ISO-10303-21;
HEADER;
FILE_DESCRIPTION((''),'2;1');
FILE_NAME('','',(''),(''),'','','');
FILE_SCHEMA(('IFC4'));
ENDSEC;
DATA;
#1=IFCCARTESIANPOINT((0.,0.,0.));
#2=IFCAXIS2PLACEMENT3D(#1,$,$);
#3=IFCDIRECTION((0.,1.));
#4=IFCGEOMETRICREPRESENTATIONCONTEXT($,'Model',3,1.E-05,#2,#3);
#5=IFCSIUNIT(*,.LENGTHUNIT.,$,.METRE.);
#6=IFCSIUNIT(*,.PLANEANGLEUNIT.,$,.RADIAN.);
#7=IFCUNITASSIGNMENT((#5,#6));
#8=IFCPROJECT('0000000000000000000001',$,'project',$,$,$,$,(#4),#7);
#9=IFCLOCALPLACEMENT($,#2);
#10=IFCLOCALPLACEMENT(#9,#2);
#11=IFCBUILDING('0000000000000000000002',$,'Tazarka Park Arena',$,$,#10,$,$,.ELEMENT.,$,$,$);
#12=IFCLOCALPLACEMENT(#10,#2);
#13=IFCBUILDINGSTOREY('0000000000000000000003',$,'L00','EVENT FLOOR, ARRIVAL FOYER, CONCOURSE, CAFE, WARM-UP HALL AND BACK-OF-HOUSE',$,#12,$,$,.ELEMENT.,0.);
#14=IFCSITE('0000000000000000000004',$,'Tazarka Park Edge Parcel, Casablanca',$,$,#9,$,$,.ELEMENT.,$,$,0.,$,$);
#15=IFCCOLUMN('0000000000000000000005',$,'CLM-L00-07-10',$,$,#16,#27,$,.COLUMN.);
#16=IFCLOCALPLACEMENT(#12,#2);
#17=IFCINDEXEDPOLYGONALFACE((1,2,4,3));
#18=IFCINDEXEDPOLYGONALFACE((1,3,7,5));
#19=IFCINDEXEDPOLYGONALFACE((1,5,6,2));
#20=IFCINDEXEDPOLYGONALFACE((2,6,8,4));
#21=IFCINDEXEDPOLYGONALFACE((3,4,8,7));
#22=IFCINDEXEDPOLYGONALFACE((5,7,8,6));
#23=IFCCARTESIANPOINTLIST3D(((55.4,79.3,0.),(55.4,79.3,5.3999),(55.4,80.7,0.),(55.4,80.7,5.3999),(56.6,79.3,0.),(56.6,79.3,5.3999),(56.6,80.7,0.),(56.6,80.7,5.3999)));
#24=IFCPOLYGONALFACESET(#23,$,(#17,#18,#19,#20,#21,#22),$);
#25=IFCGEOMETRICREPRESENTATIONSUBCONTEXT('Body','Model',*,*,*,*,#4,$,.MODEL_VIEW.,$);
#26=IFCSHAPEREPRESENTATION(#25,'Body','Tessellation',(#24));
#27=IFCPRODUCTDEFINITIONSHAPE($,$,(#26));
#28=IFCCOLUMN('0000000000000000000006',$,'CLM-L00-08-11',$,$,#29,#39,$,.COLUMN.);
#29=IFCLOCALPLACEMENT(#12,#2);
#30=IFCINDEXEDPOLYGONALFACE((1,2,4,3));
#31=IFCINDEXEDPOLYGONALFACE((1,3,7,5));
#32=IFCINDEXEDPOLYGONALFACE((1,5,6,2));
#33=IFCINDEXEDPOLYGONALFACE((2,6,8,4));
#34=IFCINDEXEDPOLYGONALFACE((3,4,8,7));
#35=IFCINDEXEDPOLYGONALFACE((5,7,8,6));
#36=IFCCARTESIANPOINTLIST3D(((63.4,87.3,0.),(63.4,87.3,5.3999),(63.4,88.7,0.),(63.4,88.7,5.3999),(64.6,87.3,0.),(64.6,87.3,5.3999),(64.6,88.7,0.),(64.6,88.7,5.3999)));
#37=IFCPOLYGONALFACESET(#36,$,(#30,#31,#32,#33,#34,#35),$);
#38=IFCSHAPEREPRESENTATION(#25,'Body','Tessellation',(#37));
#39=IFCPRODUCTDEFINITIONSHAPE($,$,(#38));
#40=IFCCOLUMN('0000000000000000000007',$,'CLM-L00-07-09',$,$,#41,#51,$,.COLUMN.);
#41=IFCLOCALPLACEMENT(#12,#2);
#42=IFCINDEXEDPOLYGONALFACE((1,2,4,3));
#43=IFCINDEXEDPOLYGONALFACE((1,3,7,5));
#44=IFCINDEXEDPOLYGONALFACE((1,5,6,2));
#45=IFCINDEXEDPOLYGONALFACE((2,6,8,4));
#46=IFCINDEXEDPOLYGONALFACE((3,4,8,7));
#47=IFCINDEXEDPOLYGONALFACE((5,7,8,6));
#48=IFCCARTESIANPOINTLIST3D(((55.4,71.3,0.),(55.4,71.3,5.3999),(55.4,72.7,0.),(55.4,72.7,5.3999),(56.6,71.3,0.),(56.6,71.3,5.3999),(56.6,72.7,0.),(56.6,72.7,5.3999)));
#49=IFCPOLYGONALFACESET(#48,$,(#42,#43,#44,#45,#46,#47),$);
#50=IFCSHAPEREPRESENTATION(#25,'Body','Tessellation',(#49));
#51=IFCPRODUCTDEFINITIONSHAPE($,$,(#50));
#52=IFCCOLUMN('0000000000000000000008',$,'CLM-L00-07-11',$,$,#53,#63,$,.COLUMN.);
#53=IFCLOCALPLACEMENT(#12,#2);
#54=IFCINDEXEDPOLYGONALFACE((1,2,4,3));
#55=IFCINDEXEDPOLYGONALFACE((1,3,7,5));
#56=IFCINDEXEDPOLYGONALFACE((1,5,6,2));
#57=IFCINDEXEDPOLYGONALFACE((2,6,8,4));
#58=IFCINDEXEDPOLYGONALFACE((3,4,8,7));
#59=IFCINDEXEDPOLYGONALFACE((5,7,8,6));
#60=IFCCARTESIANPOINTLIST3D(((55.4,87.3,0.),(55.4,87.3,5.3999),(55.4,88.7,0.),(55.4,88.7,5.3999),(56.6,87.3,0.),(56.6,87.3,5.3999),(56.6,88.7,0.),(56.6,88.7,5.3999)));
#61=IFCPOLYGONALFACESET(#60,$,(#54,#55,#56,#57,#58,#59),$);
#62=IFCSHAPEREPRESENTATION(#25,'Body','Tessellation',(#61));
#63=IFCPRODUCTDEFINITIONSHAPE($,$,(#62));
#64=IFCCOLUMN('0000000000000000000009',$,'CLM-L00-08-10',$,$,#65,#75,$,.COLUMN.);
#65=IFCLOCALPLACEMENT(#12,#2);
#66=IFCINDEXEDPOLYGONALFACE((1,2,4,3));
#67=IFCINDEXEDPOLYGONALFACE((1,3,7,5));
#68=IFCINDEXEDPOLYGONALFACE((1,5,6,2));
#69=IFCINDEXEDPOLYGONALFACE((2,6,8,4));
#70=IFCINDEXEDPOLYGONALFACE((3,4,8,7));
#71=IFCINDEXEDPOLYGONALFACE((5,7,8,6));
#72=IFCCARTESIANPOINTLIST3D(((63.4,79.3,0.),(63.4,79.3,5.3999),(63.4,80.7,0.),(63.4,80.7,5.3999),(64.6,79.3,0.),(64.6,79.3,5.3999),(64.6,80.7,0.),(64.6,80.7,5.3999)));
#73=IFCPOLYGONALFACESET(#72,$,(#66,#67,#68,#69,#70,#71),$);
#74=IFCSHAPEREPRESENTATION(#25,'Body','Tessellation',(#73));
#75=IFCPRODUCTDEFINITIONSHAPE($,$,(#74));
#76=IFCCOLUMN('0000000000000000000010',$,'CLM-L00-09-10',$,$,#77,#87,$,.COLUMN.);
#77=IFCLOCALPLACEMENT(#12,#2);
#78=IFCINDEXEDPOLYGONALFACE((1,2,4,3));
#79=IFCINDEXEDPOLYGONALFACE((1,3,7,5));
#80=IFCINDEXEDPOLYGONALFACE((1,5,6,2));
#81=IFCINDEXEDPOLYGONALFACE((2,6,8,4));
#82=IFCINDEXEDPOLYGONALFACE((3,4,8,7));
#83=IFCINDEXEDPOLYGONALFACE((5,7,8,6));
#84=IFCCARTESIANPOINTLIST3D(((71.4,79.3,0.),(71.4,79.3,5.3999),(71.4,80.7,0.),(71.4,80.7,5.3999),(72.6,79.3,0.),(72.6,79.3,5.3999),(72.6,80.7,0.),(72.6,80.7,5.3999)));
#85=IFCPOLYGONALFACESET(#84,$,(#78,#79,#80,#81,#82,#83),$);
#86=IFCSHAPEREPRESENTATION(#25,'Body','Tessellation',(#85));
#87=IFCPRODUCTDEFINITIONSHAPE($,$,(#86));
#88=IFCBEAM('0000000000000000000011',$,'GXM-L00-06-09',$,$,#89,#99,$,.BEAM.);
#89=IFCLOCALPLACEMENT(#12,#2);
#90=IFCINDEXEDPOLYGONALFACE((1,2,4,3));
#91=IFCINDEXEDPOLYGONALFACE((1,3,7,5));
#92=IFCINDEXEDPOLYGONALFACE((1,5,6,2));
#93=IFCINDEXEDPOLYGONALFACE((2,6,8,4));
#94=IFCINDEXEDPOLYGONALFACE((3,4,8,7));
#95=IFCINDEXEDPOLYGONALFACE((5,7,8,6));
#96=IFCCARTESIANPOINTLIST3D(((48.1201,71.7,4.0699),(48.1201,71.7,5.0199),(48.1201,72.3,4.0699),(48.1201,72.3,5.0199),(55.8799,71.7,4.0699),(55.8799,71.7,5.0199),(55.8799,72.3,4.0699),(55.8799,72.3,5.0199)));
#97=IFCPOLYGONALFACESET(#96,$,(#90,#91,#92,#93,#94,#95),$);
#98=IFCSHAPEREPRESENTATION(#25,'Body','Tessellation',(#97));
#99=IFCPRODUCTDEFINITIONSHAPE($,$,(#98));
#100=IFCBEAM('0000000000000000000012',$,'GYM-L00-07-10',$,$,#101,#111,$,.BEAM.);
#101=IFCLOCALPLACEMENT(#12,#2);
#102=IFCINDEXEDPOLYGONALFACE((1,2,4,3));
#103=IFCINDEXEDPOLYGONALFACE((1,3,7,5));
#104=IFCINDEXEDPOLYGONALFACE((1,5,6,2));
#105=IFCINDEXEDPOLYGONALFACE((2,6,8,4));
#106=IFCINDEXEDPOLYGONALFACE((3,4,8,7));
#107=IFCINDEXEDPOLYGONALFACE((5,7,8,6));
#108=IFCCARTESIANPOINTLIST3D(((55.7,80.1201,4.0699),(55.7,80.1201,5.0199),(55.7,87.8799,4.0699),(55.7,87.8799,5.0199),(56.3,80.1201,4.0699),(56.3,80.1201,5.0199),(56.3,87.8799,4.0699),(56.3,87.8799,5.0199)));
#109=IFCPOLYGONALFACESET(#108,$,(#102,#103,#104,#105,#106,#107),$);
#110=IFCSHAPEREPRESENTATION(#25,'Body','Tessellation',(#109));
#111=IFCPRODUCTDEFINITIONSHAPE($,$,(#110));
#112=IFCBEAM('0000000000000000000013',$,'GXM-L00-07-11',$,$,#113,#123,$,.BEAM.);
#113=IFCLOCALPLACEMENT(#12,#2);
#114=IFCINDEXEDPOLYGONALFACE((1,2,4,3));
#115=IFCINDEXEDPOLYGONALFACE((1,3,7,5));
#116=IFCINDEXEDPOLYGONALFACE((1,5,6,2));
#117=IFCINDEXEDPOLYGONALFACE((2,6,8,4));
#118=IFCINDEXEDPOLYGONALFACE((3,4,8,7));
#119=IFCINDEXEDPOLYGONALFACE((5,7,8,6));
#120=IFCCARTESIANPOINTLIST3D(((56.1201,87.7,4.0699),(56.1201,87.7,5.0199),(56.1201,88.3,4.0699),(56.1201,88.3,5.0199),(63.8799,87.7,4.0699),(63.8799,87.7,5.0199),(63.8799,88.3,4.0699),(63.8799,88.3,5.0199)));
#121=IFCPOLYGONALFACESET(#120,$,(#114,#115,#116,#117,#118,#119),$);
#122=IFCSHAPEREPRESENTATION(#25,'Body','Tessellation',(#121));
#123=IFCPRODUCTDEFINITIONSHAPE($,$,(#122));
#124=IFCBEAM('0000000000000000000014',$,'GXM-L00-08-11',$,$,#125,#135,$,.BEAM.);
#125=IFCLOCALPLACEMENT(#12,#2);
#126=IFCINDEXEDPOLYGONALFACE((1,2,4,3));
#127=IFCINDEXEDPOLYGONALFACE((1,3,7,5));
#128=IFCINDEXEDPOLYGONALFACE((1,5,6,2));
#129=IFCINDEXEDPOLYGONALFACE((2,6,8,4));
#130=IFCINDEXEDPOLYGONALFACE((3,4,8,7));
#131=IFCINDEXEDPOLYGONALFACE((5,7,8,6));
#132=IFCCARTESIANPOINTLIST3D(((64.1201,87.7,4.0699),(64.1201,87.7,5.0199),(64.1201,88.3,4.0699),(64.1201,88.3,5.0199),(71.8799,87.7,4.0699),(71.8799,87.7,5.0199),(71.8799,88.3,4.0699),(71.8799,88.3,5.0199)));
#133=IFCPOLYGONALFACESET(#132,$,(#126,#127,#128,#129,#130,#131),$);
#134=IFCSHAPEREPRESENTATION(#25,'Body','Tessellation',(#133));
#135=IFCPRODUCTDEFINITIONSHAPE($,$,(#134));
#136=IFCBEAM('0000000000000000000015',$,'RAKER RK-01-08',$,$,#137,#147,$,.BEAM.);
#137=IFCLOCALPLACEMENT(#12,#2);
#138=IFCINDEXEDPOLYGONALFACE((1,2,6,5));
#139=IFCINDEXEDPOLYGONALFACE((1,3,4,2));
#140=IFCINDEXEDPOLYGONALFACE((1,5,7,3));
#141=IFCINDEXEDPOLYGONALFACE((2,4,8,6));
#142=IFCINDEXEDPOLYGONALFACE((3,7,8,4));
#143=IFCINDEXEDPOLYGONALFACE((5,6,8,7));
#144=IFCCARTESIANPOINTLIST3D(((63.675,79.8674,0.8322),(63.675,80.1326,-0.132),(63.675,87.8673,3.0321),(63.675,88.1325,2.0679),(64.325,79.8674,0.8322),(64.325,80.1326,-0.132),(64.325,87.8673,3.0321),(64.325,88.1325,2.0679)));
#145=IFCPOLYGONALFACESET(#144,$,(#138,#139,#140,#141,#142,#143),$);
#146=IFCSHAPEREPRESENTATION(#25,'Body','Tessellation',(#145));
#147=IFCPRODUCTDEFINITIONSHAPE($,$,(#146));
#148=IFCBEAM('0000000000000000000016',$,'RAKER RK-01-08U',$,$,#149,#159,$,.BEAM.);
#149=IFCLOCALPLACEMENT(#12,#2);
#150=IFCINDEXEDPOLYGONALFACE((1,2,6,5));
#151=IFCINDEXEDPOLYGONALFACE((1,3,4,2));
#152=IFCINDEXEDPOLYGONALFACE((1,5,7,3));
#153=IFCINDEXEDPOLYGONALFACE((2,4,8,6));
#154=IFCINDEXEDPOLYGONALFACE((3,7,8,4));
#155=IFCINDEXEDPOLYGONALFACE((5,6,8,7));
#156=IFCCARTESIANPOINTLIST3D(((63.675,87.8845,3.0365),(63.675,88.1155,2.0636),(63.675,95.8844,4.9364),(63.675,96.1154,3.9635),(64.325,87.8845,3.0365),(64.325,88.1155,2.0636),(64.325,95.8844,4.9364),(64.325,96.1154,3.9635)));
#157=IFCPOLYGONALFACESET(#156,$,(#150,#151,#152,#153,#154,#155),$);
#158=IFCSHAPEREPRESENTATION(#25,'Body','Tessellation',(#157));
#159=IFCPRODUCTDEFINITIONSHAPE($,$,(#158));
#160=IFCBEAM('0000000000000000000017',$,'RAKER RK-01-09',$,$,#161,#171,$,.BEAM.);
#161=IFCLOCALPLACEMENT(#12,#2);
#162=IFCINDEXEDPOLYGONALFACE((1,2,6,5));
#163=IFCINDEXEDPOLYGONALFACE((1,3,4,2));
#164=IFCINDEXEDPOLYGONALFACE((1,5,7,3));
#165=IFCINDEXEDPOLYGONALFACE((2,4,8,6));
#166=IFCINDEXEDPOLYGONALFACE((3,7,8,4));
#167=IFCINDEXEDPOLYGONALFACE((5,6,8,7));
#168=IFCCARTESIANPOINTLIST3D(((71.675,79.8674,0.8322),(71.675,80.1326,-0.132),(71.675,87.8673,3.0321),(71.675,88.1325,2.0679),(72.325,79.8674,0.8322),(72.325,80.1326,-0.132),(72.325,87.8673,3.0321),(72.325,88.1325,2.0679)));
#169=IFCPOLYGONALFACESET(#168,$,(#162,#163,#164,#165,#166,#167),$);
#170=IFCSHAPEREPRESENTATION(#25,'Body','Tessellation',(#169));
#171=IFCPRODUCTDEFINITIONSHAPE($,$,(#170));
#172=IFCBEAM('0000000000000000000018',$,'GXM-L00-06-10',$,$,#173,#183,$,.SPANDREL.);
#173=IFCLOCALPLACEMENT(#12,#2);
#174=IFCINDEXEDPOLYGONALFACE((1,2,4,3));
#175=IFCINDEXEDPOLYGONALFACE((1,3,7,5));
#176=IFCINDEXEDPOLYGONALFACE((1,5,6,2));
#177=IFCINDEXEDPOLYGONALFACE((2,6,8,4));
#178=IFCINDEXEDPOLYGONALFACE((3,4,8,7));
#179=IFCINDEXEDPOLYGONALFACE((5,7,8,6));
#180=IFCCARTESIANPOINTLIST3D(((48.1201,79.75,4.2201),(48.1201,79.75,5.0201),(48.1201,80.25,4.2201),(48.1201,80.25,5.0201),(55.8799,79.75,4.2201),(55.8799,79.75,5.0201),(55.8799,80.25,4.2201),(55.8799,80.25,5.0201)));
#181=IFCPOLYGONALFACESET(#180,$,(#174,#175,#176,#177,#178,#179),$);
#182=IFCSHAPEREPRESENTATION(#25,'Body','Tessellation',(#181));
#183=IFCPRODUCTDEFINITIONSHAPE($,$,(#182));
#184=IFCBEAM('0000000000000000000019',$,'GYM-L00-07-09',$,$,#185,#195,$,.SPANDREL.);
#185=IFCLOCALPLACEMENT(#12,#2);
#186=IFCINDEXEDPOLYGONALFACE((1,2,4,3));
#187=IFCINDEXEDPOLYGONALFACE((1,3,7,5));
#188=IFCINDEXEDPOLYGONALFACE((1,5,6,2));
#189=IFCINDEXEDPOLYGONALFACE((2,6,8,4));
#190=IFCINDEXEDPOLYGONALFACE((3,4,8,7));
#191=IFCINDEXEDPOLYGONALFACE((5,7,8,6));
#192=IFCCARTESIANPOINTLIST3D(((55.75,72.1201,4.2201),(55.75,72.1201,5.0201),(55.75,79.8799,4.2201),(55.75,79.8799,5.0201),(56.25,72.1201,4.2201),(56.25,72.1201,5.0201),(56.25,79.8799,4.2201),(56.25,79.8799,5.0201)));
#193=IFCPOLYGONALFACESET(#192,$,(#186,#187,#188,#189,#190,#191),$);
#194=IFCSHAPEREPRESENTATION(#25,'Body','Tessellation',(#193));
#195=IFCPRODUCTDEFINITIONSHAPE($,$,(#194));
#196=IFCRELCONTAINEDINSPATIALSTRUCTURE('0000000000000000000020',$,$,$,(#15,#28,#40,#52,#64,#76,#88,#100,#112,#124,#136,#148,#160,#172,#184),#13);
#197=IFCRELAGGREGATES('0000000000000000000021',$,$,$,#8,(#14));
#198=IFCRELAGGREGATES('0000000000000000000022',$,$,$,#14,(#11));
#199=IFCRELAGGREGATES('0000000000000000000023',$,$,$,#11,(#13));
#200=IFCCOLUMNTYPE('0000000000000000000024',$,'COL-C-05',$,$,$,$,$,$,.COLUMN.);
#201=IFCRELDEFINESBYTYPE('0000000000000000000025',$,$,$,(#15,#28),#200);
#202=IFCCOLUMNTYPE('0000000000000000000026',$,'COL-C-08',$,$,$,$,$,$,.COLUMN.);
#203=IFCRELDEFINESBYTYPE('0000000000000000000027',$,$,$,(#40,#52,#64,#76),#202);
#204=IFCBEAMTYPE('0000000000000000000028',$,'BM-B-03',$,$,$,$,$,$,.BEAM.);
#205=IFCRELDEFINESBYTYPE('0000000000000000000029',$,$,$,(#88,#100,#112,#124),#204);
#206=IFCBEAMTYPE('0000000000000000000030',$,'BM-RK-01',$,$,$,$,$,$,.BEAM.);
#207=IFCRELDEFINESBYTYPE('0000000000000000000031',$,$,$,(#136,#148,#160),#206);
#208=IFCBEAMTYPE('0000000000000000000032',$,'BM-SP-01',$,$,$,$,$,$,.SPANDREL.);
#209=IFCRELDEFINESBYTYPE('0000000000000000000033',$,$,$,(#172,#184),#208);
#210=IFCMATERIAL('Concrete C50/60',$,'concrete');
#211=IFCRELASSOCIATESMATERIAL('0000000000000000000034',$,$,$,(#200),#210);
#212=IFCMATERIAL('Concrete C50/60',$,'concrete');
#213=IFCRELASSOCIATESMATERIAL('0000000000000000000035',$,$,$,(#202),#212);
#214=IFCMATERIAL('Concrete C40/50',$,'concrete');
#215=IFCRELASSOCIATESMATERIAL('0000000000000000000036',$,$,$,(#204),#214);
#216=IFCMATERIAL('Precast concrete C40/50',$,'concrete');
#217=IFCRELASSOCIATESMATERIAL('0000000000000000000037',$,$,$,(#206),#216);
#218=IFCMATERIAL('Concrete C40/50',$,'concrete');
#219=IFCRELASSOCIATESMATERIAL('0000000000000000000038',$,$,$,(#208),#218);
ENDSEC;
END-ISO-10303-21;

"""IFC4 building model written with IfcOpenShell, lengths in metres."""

from ifc_helpers import new_model, si_unit, direction, frame, origin, origin_2d, place, context, subcontext, project, spatial, rectangle, extrude, material, material_profile, profile_set, type_object, element, save


model = new_model("IFC4")

# Units and contexts
model_context = context("Model", 3, precision=1e-05, world=origin(), true_north=direction((0.0, 1.0)))
body_context = subcontext(model_context, "Body", "Model", "MODEL_VIEW")
ifc_project = project(units=[si_unit("LENGTHUNIT", "METRE"), si_unit("PLANEANGLEUNIT", "RADIAN")], contexts=[model_context])

# Site, building, storey
site_placement = place(None, origin())
site = spatial("IfcSite", under=ifc_project, at=site_placement, Name="Tazarka Park Edge Parcel, Casablanca", CompositionType="ELEMENT", RefElevation=0.0)
building_placement = place(site_placement, origin())
building = spatial("IfcBuilding", under=site, at=building_placement, Name="Tazarka Park Arena", CompositionType="ELEMENT")
storey_placement = place(building_placement, origin())
storey = spatial("IfcBuildingStorey", under=building, at=storey_placement, Name="L00", Description="EVENT FLOOR, ARRIVAL FOYER, CONCOURSE, CAFE, WARM-UP HALL AND BACK-OF-HOUSE", CompositionType="ELEMENT", Elevation=0.0)

# Columns
ifc_material_1 = material(Name="Concrete C50/60", Category="concrete")
ifc_material_profile_1 = material_profile(ifc_material_1, rectangle(XDim=1.2, YDim=1.3999, at=origin_2d()), Name="Concrete C50/60")
ifc_profile_set_1 = profile_set([ifc_material_profile_1], Name="Concrete C50/60")
column_type_1 = type_object("IfcColumnType", Name="COL-C-05", PredefinedType="COLUMN", material=ifc_profile_set_1)
for number, where, z_axis, x_axis, name in (
    (1, (56.0, 80.0, 0.0), (0.0, 0.0, 1.0), (1.0, 0.0, 0.0), "CLM-L00-07-10"),
    (2, (64.0, 88.0, 0.0), (0.0, 0.0, 1.0), (1.0, 0.0, 0.0), "CLM-L00-08-11"),
):
    element("IfcColumn", number, at=place(storey_placement, frame(where, z_axis=z_axis, x_axis=x_axis)), inside=storey, type_object=column_type_1, Name=name, PredefinedType="COLUMN", context=body_context, shape_type="SweptSolid", body=[
        extrude(rectangle(XDim=1.2, YDim=1.3999, at=origin_2d()), origin(), (0.0, 0.0, 1.0), 5.3999),
    ])
ifc_material_2 = material(Name="Concrete C50/60", Category="concrete")
ifc_material_profile_2 = material_profile(ifc_material_2, rectangle(XDim=1.2, YDim=1.3999, at=origin_2d()), Name="Concrete C50/60")
ifc_profile_set_2 = profile_set([ifc_material_profile_2], Name="Concrete C50/60")
column_type_2 = type_object("IfcColumnType", Name="COL-C-08", PredefinedType="COLUMN", material=ifc_profile_set_2)
for number, where, z_axis, x_axis, name in (
    (3, (56.0, 72.0, 0.0), (0.0, 0.0, 1.0), (1.0, 0.0, 0.0), "CLM-L00-07-09"),
    (4, (56.0, 88.0, 0.0), (0.0, 0.0, 1.0), (1.0, 0.0, 0.0), "CLM-L00-07-11"),
    (5, (64.0, 80.0, 0.0), (0.0, 0.0, 1.0), (1.0, 0.0, 0.0), "CLM-L00-08-10"),
    (6, (72.0, 80.0, 0.0), (0.0, 0.0, 1.0), (1.0, 0.0, 0.0), "CLM-L00-09-10"),
):
    element("IfcColumn", number, at=place(storey_placement, frame(where, z_axis=z_axis, x_axis=x_axis)), inside=storey, type_object=column_type_2, Name=name, PredefinedType="COLUMN", context=body_context, shape_type="SweptSolid", body=[
        extrude(rectangle(XDim=1.2, YDim=1.3999, at=origin_2d()), origin(), (0.0, 0.0, 1.0), 5.3999),
    ])

# Beams
ifc_material_3 = material(Name="Concrete C40/50", Category="concrete")
ifc_material_profile_3 = material_profile(ifc_material_3, rectangle(XDim=0.6001, YDim=0.95, at=origin_2d()), Name="Concrete C40/50")
ifc_profile_set_3 = profile_set([ifc_material_profile_3], Name="Concrete C40/50")
beam_type_1 = type_object("IfcBeamType", Name="BM-B-03", PredefinedType="BEAM", material=ifc_profile_set_3)
for number, where, z_axis, x_axis, name in (
    (7, (48.1201, 72.0, 4.5449), (1.0, 0.0, 0.0), (0.0, 1.0, 0.0), "GXM-L00-06-09"),
    (8, (56.0, 80.1201, 4.5449), (0.0, 1.0, 0.0), (-1.0, 0.0, 0.0), "GYM-L00-07-10"),
    (9, (56.1201, 88.0, 4.5449), (1.0, 0.0, 0.0), (0.0, 1.0, 0.0), "GXM-L00-07-11"),
    (10, (64.1201, 88.0, 4.5449), (1.0, 0.0, 0.0), (0.0, 1.0, 0.0), "GXM-L00-08-11"),
):
    element("IfcBeam", number, at=place(storey_placement, frame(where, z_axis=z_axis, x_axis=x_axis)), inside=storey, type_object=beam_type_1, Name=name, PredefinedType="BEAM", context=body_context, shape_type="SweptSolid", body=[
        extrude(rectangle(XDim=0.6001, YDim=0.95, at=origin_2d()), origin(), (0.0, 0.0, 1.0), 7.7598),
    ])
ifc_material_4 = material(Name="Precast concrete C40/50", Category="concrete")
ifc_material_profile_4 = material_profile(ifc_material_4, rectangle(XDim=0.6499, YDim=1.0, at=origin_2d()), Name="Precast concrete C40/50")
ifc_profile_set_4 = profile_set([ifc_material_profile_4], Name="Precast concrete C40/50")
beam_type_2 = type_object("IfcBeamType", Name="BM-RK-01", PredefinedType="BEAM", material=ifc_profile_set_4)
beam_1_placement = place(storey_placement, frame((64.0, 80.0, 0.3501), z_axis=(0.0, 0.964207, 0.265151), x_axis=(-1.0, 0.0, 0.0)))
element("IfcBeam", 11, at=beam_1_placement, inside=storey, type_object=beam_type_2, Name="RAKER RK-01-08", PredefinedType="BEAM", context=body_context, shape_type="SweptSolid", body=[
    extrude(rectangle(XDim=0.6499, YDim=1.0, at=origin_2d()), origin(), (0.0, 0.0, 1.0), 8.2969),
])
beam_2_placement = place(storey_placement, frame((64.0, 88.0, 2.55), z_axis=(0.0, 0.972939, 0.231061), x_axis=(-1.0, 0.0, 0.0)))
element("IfcBeam", 12, at=beam_2_placement, inside=storey, type_object=beam_type_2, Name="RAKER RK-01-08U", PredefinedType="BEAM", context=body_context, shape_type="SweptSolid", body=[
    extrude(rectangle(XDim=0.6499, YDim=1.0, at=origin_2d()), origin(), (0.0, 0.0, 1.0), 8.2224),
])
beam_3_placement = place(storey_placement, frame((72.0, 80.0, 0.3501), z_axis=(0.0, 0.964207, 0.265151), x_axis=(-1.0, 0.0, 0.0)))
element("IfcBeam", 13, at=beam_3_placement, inside=storey, type_object=beam_type_2, Name="RAKER RK-01-09", PredefinedType="BEAM", context=body_context, shape_type="SweptSolid", body=[
    extrude(rectangle(XDim=0.6499, YDim=1.0, at=origin_2d()), origin(), (0.0, 0.0, 1.0), 8.2969),
])
ifc_material_5 = material(Name="Concrete C40/50", Category="concrete")
ifc_material_profile_5 = material_profile(ifc_material_5, rectangle(XDim=0.5, YDim=0.8, at=origin_2d()), Name="Concrete C40/50")
ifc_profile_set_5 = profile_set([ifc_material_profile_5], Name="Concrete C40/50")
beam_type_3 = type_object("IfcBeamType", Name="BM-SP-01", PredefinedType="SPANDREL", material=ifc_profile_set_5)
for number, where, z_axis, x_axis, name in (
    (14, (48.1201, 80.0, 4.6201), (1.0, 0.0, 0.0), (0.0, 1.0, 0.0), "GXM-L00-06-10"),
    (15, (56.0, 72.1201, 4.6201), (0.0, 1.0, 0.0), (-1.0, 0.0, 0.0), "GYM-L00-07-09"),
):
    element("IfcBeam", number, at=place(storey_placement, frame(where, z_axis=z_axis, x_axis=x_axis)), inside=storey, type_object=beam_type_3, Name=name, PredefinedType="SPANDREL", context=body_context, shape_type="SweptSolid", body=[
        extrude(rectangle(XDim=0.5, YDim=0.8, at=origin_2d()), origin(), (0.0, 0.0, 1.0), 7.7598),
    ])

save(model, "model.ifc")
